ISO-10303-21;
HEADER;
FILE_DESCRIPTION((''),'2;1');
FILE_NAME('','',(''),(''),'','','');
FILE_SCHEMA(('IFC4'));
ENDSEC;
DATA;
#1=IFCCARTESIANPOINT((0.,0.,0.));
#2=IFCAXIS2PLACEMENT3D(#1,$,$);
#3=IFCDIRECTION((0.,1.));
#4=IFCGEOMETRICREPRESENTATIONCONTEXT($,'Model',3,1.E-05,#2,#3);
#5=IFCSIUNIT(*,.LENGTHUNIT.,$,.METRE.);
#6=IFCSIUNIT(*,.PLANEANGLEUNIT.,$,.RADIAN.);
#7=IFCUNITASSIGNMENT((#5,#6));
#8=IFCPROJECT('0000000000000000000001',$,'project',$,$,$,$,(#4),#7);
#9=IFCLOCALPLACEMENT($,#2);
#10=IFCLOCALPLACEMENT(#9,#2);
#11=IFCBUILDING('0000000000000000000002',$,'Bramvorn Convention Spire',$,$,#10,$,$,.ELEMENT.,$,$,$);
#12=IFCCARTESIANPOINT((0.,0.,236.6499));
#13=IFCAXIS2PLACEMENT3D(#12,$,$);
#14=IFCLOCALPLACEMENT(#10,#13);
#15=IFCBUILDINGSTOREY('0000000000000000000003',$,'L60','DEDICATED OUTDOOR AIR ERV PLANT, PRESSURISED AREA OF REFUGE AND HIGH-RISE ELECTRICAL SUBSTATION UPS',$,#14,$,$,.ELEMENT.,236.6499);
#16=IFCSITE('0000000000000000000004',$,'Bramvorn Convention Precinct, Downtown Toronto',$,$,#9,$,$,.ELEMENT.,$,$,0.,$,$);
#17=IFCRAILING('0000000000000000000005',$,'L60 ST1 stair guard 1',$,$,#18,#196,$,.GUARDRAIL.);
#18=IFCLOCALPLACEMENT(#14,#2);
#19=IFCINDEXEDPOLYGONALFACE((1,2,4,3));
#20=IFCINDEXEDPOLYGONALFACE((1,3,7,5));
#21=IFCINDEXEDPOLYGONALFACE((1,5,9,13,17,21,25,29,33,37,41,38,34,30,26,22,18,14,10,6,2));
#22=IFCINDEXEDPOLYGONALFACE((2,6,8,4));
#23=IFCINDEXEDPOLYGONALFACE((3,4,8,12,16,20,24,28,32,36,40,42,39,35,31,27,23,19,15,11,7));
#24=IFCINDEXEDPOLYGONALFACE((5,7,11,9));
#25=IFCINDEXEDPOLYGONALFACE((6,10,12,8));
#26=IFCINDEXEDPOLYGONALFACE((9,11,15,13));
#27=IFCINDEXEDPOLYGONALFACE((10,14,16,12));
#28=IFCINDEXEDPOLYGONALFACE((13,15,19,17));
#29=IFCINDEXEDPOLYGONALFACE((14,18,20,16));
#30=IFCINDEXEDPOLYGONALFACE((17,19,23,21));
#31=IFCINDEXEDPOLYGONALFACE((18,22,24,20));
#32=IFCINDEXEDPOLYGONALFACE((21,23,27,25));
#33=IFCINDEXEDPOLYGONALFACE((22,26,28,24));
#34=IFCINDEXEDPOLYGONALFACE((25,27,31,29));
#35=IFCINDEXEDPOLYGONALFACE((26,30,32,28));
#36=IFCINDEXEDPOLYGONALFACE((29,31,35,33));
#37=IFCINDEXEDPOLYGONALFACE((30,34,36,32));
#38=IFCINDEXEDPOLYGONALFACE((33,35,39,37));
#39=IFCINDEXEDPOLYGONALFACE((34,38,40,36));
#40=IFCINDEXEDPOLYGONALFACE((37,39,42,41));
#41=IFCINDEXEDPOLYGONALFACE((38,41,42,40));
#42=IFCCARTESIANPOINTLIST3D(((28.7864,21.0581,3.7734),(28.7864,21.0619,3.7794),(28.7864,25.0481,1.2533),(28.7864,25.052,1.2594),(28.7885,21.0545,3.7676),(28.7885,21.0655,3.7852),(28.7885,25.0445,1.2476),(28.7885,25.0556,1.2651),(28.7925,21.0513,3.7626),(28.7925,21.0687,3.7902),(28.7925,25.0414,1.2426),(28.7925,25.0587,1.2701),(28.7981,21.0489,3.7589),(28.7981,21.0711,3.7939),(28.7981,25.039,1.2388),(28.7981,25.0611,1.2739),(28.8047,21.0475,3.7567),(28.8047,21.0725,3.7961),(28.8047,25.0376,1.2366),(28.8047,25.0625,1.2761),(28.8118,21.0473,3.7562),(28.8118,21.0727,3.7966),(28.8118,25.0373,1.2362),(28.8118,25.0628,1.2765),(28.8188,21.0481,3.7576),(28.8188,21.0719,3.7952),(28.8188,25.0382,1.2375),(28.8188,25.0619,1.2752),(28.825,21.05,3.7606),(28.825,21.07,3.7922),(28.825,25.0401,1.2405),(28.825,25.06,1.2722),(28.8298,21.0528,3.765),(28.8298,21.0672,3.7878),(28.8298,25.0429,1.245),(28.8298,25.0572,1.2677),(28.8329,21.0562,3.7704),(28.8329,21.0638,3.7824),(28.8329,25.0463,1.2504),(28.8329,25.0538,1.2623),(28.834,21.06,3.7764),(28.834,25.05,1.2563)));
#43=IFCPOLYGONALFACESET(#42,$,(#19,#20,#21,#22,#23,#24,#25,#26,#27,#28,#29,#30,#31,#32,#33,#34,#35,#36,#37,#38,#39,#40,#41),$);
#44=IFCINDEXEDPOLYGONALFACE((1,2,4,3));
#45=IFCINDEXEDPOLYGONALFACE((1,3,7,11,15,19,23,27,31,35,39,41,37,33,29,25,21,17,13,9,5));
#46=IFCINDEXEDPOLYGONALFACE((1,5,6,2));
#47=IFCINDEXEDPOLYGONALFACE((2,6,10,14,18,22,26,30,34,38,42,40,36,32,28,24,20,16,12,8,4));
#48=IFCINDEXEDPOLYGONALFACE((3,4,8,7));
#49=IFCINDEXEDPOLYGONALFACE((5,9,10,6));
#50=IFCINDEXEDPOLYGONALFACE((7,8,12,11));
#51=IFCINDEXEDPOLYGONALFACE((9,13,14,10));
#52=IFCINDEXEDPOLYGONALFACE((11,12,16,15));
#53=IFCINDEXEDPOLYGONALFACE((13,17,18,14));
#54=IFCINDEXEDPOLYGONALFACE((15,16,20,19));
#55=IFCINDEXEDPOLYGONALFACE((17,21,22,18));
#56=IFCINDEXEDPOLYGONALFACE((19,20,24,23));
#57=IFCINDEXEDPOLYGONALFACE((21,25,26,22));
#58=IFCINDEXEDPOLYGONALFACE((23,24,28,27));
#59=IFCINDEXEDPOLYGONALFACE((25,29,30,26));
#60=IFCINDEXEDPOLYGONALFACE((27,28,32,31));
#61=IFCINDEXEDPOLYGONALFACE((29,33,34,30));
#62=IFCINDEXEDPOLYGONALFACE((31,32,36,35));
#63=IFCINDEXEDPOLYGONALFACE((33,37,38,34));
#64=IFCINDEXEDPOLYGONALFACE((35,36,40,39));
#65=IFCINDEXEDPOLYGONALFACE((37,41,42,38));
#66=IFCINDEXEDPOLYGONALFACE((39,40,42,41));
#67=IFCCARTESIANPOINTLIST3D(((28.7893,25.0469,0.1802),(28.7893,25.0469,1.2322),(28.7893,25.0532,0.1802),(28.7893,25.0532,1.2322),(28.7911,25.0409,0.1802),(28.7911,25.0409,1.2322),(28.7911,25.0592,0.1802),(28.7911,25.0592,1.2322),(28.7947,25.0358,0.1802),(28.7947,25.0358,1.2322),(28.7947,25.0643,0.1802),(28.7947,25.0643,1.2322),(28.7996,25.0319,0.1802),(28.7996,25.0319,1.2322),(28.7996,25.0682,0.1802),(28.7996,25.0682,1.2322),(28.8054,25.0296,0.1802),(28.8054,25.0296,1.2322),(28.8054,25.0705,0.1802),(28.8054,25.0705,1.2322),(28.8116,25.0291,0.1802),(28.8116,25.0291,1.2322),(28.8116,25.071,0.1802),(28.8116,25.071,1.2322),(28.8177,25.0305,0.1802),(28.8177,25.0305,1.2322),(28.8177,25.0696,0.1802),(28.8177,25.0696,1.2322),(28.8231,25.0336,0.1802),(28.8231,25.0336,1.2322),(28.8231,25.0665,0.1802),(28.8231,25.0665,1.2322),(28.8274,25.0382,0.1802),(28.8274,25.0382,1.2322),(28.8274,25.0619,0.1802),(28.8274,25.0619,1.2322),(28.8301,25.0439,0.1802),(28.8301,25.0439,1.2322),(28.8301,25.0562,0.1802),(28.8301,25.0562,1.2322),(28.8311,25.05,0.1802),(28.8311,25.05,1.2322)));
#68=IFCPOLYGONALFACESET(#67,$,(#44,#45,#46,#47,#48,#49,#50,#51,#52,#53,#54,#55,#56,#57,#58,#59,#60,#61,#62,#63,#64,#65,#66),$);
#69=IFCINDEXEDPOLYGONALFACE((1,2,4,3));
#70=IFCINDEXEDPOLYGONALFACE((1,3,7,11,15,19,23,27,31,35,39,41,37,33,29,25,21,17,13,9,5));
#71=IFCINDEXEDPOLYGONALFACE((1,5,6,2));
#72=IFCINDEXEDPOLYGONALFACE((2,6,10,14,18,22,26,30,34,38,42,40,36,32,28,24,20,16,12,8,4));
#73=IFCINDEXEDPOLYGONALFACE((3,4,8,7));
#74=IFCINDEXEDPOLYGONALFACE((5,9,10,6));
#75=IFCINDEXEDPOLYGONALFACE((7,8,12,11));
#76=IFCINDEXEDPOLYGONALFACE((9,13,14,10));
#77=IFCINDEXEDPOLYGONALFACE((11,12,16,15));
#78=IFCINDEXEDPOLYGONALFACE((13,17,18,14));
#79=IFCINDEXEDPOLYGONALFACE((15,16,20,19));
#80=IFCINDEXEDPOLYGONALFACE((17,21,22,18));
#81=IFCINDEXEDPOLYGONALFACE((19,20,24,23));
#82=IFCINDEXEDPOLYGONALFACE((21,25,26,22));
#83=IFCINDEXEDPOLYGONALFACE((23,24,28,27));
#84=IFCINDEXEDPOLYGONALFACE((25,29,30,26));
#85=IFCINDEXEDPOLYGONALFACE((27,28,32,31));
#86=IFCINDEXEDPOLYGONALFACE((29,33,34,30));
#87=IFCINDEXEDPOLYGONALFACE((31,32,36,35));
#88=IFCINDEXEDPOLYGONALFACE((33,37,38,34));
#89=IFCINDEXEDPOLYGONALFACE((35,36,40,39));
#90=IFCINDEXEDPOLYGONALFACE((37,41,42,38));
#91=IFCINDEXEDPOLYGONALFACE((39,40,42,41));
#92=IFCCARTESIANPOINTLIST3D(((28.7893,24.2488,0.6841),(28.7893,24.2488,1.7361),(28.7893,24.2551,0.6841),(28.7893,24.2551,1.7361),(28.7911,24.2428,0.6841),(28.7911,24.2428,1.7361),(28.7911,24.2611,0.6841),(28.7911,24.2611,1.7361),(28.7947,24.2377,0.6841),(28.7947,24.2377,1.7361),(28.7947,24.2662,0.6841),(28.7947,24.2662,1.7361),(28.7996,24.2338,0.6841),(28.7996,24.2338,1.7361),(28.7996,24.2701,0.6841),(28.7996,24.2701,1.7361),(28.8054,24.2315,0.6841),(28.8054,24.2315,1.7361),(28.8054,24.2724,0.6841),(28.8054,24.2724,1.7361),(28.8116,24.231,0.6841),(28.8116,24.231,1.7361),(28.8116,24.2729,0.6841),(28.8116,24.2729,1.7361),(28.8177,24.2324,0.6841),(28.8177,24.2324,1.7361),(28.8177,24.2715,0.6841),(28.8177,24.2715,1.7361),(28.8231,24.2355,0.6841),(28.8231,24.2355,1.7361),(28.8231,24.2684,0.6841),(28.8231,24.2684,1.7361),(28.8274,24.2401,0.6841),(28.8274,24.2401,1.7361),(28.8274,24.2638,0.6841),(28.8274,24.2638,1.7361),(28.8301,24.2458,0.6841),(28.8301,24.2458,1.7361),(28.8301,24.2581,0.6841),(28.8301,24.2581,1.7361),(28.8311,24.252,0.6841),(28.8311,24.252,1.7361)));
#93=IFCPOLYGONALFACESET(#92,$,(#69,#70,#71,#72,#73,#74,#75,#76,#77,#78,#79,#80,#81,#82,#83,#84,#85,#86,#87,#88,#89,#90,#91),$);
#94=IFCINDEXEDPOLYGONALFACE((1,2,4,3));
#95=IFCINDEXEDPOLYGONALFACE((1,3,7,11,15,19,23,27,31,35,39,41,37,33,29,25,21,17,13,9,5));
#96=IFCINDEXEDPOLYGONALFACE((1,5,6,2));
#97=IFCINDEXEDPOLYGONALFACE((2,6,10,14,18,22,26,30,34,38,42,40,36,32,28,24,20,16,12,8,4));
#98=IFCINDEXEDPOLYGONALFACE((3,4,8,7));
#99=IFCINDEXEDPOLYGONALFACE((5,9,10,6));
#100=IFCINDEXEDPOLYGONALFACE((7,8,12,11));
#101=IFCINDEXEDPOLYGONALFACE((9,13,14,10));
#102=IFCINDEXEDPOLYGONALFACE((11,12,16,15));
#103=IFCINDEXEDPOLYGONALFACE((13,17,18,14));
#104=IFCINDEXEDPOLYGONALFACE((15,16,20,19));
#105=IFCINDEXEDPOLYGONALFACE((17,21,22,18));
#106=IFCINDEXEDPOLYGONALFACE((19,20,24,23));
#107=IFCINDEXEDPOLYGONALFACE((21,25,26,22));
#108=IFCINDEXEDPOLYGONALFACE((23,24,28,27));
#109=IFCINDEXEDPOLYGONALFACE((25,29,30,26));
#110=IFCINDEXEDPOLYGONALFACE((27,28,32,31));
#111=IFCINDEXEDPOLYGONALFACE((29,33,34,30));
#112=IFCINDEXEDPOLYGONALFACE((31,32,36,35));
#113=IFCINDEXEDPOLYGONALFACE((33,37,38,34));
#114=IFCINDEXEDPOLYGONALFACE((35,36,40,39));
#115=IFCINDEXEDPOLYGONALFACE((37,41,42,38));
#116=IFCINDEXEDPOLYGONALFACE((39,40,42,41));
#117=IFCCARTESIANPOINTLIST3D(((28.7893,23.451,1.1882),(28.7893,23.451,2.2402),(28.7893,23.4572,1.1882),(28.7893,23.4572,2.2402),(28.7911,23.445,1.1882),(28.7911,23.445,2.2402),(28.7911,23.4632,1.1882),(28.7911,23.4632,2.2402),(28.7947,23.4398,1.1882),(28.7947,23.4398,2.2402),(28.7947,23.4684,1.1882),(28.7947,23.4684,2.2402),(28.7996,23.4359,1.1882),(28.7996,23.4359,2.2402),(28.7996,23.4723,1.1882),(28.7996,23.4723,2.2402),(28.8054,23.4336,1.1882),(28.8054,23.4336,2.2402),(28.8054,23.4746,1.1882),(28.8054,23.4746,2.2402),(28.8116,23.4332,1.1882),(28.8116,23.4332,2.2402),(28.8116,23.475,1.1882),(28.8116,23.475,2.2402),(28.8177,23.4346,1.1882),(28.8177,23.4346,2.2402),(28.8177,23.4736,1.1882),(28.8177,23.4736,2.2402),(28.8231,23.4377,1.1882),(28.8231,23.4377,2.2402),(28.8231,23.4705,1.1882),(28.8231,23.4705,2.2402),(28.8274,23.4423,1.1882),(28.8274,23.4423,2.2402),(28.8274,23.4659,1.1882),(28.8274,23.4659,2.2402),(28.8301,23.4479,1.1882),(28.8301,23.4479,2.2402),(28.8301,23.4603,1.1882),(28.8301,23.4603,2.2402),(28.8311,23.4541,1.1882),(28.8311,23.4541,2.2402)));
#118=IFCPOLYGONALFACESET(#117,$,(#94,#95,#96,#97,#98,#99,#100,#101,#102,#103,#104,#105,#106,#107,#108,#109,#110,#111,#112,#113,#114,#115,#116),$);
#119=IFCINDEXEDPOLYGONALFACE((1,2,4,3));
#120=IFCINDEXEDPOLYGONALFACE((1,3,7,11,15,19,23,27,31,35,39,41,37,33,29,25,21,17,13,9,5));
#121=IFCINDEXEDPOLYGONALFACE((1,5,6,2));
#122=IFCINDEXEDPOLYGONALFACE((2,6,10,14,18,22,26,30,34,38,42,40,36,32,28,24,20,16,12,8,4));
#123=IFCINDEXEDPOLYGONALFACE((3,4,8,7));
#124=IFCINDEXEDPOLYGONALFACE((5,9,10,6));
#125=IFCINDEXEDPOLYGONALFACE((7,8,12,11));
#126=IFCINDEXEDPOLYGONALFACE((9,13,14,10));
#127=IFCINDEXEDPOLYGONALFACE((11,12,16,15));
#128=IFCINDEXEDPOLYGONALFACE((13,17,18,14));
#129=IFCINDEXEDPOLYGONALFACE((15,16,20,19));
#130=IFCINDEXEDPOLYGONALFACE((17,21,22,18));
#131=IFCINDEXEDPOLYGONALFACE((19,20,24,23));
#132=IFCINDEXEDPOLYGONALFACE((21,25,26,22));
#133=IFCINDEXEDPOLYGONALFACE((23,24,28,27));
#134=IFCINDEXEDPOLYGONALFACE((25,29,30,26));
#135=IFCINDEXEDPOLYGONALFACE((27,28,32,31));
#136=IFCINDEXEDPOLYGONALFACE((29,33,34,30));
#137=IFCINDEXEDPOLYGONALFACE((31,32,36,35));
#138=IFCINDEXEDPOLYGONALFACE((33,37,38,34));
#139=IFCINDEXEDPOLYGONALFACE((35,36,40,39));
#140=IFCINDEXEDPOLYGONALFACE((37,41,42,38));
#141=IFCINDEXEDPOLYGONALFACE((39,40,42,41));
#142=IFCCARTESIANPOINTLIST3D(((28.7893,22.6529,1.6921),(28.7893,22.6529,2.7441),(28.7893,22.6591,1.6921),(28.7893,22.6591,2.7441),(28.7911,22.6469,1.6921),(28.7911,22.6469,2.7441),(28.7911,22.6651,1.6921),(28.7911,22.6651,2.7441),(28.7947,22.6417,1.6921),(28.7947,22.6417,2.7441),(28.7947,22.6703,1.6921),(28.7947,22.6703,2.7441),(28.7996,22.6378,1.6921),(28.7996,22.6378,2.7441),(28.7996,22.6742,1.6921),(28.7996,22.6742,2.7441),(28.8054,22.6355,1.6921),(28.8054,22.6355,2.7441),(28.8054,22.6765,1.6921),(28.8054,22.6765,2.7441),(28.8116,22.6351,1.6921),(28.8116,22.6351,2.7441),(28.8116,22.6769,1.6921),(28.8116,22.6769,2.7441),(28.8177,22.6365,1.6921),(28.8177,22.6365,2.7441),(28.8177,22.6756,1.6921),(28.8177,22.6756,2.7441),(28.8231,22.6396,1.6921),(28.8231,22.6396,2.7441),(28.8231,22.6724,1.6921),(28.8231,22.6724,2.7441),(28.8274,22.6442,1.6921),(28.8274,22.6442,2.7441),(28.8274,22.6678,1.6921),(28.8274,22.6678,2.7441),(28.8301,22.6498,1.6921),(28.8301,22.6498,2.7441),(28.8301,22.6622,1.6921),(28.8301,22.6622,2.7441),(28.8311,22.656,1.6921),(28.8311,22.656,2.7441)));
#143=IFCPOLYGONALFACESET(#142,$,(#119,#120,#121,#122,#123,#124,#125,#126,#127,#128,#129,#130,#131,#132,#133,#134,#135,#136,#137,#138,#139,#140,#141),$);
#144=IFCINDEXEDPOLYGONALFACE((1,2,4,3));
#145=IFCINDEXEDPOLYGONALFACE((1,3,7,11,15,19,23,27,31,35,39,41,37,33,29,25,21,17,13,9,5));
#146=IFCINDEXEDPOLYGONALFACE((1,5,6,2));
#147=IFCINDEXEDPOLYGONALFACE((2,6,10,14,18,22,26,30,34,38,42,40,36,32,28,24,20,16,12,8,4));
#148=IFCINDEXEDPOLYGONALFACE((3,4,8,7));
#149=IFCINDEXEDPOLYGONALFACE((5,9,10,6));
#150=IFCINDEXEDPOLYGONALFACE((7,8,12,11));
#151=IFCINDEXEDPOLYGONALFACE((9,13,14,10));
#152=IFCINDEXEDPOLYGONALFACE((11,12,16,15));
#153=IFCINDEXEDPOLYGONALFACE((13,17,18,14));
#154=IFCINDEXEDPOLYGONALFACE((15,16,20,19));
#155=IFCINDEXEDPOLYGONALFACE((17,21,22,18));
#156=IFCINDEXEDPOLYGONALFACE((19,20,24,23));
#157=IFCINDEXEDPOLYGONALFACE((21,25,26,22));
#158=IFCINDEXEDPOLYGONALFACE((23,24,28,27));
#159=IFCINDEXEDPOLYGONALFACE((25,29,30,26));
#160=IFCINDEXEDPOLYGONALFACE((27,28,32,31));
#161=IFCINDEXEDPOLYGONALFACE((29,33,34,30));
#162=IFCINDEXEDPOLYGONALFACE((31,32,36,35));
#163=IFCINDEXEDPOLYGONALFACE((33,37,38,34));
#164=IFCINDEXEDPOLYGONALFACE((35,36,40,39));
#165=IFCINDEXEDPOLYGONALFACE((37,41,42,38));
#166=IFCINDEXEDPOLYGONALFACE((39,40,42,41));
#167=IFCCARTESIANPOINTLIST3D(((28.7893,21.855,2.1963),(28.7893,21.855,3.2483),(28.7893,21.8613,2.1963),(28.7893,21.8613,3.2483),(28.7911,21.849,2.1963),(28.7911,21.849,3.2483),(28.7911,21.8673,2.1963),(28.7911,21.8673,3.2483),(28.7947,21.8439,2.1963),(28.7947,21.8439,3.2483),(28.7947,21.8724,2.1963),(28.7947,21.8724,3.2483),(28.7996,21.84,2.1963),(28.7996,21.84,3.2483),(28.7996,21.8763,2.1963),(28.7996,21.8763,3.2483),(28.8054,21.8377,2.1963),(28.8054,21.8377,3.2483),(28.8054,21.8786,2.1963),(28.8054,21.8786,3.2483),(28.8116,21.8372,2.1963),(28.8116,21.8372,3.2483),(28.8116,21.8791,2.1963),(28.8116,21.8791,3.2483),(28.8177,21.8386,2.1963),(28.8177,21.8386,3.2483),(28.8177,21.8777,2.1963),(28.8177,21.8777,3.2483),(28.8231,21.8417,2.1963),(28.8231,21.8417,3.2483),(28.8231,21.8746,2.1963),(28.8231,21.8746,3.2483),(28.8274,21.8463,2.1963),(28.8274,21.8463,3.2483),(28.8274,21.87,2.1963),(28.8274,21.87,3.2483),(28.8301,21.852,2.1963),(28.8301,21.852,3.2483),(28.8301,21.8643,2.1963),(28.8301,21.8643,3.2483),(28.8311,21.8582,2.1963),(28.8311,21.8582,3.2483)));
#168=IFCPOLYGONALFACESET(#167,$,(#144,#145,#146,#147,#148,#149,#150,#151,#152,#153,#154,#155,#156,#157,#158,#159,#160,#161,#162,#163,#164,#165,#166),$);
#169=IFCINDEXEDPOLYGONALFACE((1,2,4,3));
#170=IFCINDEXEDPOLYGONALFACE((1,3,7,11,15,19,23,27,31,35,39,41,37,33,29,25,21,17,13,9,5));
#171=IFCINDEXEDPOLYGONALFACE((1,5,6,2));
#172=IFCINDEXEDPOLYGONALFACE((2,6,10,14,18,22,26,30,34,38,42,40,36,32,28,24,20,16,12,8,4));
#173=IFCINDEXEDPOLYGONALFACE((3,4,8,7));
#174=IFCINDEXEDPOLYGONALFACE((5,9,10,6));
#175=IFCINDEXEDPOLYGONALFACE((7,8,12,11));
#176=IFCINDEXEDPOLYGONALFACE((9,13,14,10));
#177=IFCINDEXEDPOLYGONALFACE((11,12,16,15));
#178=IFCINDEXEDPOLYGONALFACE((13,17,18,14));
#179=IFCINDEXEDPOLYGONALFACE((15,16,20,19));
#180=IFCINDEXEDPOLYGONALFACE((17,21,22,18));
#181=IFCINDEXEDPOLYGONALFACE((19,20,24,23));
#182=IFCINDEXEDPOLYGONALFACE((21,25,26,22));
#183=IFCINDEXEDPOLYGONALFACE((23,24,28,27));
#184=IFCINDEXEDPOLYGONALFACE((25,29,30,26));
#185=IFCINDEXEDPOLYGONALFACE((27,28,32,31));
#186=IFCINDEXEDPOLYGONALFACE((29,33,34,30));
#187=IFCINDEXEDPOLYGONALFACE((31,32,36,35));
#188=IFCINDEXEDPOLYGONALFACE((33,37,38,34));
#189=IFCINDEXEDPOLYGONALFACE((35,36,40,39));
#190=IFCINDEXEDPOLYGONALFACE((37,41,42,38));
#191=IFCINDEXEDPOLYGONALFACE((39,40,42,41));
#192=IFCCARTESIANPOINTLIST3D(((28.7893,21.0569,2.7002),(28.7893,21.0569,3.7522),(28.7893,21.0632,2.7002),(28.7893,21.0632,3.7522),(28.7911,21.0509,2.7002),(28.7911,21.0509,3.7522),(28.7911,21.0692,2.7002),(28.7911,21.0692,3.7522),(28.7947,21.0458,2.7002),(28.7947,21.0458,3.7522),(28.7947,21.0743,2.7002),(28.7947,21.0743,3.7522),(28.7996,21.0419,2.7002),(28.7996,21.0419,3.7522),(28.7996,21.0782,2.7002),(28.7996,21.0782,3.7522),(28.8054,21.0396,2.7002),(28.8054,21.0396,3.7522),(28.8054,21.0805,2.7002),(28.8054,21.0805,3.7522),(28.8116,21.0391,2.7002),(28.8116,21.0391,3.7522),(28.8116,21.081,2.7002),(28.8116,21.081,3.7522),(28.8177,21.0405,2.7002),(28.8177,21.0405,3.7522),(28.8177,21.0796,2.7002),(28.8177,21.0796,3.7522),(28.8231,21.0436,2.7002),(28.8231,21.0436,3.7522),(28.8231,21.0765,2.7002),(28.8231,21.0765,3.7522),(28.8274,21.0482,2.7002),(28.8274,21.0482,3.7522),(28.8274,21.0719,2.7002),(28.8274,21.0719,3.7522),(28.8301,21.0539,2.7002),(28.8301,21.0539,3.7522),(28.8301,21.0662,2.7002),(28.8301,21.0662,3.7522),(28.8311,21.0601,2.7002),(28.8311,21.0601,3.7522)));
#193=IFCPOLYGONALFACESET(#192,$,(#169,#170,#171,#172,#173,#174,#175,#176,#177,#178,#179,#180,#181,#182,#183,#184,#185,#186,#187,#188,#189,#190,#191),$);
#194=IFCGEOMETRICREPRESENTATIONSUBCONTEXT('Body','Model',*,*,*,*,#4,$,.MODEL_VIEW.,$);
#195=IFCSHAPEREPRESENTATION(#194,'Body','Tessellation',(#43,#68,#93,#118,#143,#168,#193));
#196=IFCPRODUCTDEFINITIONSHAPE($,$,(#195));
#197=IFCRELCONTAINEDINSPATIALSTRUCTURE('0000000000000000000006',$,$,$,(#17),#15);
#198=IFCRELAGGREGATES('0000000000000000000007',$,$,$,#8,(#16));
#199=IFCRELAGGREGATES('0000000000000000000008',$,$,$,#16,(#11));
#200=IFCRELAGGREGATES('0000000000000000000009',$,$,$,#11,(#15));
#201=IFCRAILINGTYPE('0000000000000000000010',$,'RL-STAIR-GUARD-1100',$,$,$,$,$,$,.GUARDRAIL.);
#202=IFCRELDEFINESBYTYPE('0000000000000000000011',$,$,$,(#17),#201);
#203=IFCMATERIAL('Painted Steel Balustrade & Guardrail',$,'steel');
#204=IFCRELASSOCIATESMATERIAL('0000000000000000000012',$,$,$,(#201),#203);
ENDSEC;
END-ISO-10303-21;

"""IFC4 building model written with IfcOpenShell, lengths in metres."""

from ifc_helpers import new_model, si_unit, direction, frame, origin, origin_2d, place, context, subcontext, project, spatial, circle, extrude, material, type_object, element, save


model = new_model("IFC4")

# Units and contexts
model_context = context("Model", 3, precision=1e-05, world=origin(), true_north=direction((0.0, 1.0)))
body_context = subcontext(model_context, "Body", "Model", "MODEL_VIEW")
ifc_project = project(units=[si_unit("LENGTHUNIT", "METRE"), si_unit("PLANEANGLEUNIT", "RADIAN")], contexts=[model_context])

# Site, building, storey
site_placement = place(None, origin())
site = spatial("IfcSite", under=ifc_project, at=site_placement, Name="Bramvorn Convention Precinct, Downtown Toronto", CompositionType="ELEMENT", RefElevation=0.0)
building_placement = place(site_placement, origin())
building = spatial("IfcBuilding", under=site, at=building_placement, Name="Bramvorn Convention Spire", CompositionType="ELEMENT")
storey_placement = place(building_placement, frame((0.0, 0.0, 236.6499)))
storey = spatial("IfcBuildingStorey", under=building, at=storey_placement, Name="L60", Description="DEDICATED OUTDOOR AIR ERV PLANT, PRESSURISED AREA OF REFUGE AND HIGH-RISE ELECTRICAL SUBSTATION UPS", CompositionType="ELEMENT", Elevation=236.6499)

# Railing
ifc_material_1 = material(Name="Painted Steel Balustrade & Guardrail", Category="steel")
railing_type_1 = type_object("IfcRailingType", Name="RL-STAIR-GUARD-1100", PredefinedType="GUARDRAIL", material=ifc_material_1)
railing_1_placement = place(storey_placement, frame((28.8101, 25.05, 0.1802)))
element("IfcRailing", 1, at=railing_1_placement, inside=storey, type_object=railing_type_1, Name="L60 ST1 stair guard 1", PredefinedType="GUARDRAIL", context=body_context, shape_type="SweptSolid", body=[
    extrude(circle(Radius=0.0239, at=origin_2d()), frame((0.0, 0.0, 1.0762), z_axis=(0.0, -0.845486, 0.533997), x_axis=(1.0, 0.0, 0.0)), (0.0, 0.0, 1.0), 4.7192),
    extrude(circle(Radius=0.021, at=origin_2d()), origin(), (0.0, 0.0, 1.0), 1.052),
    extrude(circle(Radius=0.021, at=origin_2d()), frame((0.0, -0.7981, 0.5039)), (0.0, 0.0, 1.0), 1.052),
    extrude(circle(Radius=0.021, at=origin_2d()), frame((0.0, -1.5959, 1.0081)), (0.0, 0.0, 1.0), 1.052),
    extrude(circle(Radius=0.021, at=origin_2d()), frame((0.0, -2.394, 1.512)), (0.0, 0.0, 1.0), 1.052),
    extrude(circle(Radius=0.021, at=origin_2d()), frame((0.0, -3.1919, 2.0161)), (0.0, 0.0, 1.0), 1.052),
    extrude(circle(Radius=0.021, at=origin_2d()), frame((0.0, -3.99, 2.52)), (0.0, 0.0, 1.0), 1.052),
])

save(model, "model.ifc")
